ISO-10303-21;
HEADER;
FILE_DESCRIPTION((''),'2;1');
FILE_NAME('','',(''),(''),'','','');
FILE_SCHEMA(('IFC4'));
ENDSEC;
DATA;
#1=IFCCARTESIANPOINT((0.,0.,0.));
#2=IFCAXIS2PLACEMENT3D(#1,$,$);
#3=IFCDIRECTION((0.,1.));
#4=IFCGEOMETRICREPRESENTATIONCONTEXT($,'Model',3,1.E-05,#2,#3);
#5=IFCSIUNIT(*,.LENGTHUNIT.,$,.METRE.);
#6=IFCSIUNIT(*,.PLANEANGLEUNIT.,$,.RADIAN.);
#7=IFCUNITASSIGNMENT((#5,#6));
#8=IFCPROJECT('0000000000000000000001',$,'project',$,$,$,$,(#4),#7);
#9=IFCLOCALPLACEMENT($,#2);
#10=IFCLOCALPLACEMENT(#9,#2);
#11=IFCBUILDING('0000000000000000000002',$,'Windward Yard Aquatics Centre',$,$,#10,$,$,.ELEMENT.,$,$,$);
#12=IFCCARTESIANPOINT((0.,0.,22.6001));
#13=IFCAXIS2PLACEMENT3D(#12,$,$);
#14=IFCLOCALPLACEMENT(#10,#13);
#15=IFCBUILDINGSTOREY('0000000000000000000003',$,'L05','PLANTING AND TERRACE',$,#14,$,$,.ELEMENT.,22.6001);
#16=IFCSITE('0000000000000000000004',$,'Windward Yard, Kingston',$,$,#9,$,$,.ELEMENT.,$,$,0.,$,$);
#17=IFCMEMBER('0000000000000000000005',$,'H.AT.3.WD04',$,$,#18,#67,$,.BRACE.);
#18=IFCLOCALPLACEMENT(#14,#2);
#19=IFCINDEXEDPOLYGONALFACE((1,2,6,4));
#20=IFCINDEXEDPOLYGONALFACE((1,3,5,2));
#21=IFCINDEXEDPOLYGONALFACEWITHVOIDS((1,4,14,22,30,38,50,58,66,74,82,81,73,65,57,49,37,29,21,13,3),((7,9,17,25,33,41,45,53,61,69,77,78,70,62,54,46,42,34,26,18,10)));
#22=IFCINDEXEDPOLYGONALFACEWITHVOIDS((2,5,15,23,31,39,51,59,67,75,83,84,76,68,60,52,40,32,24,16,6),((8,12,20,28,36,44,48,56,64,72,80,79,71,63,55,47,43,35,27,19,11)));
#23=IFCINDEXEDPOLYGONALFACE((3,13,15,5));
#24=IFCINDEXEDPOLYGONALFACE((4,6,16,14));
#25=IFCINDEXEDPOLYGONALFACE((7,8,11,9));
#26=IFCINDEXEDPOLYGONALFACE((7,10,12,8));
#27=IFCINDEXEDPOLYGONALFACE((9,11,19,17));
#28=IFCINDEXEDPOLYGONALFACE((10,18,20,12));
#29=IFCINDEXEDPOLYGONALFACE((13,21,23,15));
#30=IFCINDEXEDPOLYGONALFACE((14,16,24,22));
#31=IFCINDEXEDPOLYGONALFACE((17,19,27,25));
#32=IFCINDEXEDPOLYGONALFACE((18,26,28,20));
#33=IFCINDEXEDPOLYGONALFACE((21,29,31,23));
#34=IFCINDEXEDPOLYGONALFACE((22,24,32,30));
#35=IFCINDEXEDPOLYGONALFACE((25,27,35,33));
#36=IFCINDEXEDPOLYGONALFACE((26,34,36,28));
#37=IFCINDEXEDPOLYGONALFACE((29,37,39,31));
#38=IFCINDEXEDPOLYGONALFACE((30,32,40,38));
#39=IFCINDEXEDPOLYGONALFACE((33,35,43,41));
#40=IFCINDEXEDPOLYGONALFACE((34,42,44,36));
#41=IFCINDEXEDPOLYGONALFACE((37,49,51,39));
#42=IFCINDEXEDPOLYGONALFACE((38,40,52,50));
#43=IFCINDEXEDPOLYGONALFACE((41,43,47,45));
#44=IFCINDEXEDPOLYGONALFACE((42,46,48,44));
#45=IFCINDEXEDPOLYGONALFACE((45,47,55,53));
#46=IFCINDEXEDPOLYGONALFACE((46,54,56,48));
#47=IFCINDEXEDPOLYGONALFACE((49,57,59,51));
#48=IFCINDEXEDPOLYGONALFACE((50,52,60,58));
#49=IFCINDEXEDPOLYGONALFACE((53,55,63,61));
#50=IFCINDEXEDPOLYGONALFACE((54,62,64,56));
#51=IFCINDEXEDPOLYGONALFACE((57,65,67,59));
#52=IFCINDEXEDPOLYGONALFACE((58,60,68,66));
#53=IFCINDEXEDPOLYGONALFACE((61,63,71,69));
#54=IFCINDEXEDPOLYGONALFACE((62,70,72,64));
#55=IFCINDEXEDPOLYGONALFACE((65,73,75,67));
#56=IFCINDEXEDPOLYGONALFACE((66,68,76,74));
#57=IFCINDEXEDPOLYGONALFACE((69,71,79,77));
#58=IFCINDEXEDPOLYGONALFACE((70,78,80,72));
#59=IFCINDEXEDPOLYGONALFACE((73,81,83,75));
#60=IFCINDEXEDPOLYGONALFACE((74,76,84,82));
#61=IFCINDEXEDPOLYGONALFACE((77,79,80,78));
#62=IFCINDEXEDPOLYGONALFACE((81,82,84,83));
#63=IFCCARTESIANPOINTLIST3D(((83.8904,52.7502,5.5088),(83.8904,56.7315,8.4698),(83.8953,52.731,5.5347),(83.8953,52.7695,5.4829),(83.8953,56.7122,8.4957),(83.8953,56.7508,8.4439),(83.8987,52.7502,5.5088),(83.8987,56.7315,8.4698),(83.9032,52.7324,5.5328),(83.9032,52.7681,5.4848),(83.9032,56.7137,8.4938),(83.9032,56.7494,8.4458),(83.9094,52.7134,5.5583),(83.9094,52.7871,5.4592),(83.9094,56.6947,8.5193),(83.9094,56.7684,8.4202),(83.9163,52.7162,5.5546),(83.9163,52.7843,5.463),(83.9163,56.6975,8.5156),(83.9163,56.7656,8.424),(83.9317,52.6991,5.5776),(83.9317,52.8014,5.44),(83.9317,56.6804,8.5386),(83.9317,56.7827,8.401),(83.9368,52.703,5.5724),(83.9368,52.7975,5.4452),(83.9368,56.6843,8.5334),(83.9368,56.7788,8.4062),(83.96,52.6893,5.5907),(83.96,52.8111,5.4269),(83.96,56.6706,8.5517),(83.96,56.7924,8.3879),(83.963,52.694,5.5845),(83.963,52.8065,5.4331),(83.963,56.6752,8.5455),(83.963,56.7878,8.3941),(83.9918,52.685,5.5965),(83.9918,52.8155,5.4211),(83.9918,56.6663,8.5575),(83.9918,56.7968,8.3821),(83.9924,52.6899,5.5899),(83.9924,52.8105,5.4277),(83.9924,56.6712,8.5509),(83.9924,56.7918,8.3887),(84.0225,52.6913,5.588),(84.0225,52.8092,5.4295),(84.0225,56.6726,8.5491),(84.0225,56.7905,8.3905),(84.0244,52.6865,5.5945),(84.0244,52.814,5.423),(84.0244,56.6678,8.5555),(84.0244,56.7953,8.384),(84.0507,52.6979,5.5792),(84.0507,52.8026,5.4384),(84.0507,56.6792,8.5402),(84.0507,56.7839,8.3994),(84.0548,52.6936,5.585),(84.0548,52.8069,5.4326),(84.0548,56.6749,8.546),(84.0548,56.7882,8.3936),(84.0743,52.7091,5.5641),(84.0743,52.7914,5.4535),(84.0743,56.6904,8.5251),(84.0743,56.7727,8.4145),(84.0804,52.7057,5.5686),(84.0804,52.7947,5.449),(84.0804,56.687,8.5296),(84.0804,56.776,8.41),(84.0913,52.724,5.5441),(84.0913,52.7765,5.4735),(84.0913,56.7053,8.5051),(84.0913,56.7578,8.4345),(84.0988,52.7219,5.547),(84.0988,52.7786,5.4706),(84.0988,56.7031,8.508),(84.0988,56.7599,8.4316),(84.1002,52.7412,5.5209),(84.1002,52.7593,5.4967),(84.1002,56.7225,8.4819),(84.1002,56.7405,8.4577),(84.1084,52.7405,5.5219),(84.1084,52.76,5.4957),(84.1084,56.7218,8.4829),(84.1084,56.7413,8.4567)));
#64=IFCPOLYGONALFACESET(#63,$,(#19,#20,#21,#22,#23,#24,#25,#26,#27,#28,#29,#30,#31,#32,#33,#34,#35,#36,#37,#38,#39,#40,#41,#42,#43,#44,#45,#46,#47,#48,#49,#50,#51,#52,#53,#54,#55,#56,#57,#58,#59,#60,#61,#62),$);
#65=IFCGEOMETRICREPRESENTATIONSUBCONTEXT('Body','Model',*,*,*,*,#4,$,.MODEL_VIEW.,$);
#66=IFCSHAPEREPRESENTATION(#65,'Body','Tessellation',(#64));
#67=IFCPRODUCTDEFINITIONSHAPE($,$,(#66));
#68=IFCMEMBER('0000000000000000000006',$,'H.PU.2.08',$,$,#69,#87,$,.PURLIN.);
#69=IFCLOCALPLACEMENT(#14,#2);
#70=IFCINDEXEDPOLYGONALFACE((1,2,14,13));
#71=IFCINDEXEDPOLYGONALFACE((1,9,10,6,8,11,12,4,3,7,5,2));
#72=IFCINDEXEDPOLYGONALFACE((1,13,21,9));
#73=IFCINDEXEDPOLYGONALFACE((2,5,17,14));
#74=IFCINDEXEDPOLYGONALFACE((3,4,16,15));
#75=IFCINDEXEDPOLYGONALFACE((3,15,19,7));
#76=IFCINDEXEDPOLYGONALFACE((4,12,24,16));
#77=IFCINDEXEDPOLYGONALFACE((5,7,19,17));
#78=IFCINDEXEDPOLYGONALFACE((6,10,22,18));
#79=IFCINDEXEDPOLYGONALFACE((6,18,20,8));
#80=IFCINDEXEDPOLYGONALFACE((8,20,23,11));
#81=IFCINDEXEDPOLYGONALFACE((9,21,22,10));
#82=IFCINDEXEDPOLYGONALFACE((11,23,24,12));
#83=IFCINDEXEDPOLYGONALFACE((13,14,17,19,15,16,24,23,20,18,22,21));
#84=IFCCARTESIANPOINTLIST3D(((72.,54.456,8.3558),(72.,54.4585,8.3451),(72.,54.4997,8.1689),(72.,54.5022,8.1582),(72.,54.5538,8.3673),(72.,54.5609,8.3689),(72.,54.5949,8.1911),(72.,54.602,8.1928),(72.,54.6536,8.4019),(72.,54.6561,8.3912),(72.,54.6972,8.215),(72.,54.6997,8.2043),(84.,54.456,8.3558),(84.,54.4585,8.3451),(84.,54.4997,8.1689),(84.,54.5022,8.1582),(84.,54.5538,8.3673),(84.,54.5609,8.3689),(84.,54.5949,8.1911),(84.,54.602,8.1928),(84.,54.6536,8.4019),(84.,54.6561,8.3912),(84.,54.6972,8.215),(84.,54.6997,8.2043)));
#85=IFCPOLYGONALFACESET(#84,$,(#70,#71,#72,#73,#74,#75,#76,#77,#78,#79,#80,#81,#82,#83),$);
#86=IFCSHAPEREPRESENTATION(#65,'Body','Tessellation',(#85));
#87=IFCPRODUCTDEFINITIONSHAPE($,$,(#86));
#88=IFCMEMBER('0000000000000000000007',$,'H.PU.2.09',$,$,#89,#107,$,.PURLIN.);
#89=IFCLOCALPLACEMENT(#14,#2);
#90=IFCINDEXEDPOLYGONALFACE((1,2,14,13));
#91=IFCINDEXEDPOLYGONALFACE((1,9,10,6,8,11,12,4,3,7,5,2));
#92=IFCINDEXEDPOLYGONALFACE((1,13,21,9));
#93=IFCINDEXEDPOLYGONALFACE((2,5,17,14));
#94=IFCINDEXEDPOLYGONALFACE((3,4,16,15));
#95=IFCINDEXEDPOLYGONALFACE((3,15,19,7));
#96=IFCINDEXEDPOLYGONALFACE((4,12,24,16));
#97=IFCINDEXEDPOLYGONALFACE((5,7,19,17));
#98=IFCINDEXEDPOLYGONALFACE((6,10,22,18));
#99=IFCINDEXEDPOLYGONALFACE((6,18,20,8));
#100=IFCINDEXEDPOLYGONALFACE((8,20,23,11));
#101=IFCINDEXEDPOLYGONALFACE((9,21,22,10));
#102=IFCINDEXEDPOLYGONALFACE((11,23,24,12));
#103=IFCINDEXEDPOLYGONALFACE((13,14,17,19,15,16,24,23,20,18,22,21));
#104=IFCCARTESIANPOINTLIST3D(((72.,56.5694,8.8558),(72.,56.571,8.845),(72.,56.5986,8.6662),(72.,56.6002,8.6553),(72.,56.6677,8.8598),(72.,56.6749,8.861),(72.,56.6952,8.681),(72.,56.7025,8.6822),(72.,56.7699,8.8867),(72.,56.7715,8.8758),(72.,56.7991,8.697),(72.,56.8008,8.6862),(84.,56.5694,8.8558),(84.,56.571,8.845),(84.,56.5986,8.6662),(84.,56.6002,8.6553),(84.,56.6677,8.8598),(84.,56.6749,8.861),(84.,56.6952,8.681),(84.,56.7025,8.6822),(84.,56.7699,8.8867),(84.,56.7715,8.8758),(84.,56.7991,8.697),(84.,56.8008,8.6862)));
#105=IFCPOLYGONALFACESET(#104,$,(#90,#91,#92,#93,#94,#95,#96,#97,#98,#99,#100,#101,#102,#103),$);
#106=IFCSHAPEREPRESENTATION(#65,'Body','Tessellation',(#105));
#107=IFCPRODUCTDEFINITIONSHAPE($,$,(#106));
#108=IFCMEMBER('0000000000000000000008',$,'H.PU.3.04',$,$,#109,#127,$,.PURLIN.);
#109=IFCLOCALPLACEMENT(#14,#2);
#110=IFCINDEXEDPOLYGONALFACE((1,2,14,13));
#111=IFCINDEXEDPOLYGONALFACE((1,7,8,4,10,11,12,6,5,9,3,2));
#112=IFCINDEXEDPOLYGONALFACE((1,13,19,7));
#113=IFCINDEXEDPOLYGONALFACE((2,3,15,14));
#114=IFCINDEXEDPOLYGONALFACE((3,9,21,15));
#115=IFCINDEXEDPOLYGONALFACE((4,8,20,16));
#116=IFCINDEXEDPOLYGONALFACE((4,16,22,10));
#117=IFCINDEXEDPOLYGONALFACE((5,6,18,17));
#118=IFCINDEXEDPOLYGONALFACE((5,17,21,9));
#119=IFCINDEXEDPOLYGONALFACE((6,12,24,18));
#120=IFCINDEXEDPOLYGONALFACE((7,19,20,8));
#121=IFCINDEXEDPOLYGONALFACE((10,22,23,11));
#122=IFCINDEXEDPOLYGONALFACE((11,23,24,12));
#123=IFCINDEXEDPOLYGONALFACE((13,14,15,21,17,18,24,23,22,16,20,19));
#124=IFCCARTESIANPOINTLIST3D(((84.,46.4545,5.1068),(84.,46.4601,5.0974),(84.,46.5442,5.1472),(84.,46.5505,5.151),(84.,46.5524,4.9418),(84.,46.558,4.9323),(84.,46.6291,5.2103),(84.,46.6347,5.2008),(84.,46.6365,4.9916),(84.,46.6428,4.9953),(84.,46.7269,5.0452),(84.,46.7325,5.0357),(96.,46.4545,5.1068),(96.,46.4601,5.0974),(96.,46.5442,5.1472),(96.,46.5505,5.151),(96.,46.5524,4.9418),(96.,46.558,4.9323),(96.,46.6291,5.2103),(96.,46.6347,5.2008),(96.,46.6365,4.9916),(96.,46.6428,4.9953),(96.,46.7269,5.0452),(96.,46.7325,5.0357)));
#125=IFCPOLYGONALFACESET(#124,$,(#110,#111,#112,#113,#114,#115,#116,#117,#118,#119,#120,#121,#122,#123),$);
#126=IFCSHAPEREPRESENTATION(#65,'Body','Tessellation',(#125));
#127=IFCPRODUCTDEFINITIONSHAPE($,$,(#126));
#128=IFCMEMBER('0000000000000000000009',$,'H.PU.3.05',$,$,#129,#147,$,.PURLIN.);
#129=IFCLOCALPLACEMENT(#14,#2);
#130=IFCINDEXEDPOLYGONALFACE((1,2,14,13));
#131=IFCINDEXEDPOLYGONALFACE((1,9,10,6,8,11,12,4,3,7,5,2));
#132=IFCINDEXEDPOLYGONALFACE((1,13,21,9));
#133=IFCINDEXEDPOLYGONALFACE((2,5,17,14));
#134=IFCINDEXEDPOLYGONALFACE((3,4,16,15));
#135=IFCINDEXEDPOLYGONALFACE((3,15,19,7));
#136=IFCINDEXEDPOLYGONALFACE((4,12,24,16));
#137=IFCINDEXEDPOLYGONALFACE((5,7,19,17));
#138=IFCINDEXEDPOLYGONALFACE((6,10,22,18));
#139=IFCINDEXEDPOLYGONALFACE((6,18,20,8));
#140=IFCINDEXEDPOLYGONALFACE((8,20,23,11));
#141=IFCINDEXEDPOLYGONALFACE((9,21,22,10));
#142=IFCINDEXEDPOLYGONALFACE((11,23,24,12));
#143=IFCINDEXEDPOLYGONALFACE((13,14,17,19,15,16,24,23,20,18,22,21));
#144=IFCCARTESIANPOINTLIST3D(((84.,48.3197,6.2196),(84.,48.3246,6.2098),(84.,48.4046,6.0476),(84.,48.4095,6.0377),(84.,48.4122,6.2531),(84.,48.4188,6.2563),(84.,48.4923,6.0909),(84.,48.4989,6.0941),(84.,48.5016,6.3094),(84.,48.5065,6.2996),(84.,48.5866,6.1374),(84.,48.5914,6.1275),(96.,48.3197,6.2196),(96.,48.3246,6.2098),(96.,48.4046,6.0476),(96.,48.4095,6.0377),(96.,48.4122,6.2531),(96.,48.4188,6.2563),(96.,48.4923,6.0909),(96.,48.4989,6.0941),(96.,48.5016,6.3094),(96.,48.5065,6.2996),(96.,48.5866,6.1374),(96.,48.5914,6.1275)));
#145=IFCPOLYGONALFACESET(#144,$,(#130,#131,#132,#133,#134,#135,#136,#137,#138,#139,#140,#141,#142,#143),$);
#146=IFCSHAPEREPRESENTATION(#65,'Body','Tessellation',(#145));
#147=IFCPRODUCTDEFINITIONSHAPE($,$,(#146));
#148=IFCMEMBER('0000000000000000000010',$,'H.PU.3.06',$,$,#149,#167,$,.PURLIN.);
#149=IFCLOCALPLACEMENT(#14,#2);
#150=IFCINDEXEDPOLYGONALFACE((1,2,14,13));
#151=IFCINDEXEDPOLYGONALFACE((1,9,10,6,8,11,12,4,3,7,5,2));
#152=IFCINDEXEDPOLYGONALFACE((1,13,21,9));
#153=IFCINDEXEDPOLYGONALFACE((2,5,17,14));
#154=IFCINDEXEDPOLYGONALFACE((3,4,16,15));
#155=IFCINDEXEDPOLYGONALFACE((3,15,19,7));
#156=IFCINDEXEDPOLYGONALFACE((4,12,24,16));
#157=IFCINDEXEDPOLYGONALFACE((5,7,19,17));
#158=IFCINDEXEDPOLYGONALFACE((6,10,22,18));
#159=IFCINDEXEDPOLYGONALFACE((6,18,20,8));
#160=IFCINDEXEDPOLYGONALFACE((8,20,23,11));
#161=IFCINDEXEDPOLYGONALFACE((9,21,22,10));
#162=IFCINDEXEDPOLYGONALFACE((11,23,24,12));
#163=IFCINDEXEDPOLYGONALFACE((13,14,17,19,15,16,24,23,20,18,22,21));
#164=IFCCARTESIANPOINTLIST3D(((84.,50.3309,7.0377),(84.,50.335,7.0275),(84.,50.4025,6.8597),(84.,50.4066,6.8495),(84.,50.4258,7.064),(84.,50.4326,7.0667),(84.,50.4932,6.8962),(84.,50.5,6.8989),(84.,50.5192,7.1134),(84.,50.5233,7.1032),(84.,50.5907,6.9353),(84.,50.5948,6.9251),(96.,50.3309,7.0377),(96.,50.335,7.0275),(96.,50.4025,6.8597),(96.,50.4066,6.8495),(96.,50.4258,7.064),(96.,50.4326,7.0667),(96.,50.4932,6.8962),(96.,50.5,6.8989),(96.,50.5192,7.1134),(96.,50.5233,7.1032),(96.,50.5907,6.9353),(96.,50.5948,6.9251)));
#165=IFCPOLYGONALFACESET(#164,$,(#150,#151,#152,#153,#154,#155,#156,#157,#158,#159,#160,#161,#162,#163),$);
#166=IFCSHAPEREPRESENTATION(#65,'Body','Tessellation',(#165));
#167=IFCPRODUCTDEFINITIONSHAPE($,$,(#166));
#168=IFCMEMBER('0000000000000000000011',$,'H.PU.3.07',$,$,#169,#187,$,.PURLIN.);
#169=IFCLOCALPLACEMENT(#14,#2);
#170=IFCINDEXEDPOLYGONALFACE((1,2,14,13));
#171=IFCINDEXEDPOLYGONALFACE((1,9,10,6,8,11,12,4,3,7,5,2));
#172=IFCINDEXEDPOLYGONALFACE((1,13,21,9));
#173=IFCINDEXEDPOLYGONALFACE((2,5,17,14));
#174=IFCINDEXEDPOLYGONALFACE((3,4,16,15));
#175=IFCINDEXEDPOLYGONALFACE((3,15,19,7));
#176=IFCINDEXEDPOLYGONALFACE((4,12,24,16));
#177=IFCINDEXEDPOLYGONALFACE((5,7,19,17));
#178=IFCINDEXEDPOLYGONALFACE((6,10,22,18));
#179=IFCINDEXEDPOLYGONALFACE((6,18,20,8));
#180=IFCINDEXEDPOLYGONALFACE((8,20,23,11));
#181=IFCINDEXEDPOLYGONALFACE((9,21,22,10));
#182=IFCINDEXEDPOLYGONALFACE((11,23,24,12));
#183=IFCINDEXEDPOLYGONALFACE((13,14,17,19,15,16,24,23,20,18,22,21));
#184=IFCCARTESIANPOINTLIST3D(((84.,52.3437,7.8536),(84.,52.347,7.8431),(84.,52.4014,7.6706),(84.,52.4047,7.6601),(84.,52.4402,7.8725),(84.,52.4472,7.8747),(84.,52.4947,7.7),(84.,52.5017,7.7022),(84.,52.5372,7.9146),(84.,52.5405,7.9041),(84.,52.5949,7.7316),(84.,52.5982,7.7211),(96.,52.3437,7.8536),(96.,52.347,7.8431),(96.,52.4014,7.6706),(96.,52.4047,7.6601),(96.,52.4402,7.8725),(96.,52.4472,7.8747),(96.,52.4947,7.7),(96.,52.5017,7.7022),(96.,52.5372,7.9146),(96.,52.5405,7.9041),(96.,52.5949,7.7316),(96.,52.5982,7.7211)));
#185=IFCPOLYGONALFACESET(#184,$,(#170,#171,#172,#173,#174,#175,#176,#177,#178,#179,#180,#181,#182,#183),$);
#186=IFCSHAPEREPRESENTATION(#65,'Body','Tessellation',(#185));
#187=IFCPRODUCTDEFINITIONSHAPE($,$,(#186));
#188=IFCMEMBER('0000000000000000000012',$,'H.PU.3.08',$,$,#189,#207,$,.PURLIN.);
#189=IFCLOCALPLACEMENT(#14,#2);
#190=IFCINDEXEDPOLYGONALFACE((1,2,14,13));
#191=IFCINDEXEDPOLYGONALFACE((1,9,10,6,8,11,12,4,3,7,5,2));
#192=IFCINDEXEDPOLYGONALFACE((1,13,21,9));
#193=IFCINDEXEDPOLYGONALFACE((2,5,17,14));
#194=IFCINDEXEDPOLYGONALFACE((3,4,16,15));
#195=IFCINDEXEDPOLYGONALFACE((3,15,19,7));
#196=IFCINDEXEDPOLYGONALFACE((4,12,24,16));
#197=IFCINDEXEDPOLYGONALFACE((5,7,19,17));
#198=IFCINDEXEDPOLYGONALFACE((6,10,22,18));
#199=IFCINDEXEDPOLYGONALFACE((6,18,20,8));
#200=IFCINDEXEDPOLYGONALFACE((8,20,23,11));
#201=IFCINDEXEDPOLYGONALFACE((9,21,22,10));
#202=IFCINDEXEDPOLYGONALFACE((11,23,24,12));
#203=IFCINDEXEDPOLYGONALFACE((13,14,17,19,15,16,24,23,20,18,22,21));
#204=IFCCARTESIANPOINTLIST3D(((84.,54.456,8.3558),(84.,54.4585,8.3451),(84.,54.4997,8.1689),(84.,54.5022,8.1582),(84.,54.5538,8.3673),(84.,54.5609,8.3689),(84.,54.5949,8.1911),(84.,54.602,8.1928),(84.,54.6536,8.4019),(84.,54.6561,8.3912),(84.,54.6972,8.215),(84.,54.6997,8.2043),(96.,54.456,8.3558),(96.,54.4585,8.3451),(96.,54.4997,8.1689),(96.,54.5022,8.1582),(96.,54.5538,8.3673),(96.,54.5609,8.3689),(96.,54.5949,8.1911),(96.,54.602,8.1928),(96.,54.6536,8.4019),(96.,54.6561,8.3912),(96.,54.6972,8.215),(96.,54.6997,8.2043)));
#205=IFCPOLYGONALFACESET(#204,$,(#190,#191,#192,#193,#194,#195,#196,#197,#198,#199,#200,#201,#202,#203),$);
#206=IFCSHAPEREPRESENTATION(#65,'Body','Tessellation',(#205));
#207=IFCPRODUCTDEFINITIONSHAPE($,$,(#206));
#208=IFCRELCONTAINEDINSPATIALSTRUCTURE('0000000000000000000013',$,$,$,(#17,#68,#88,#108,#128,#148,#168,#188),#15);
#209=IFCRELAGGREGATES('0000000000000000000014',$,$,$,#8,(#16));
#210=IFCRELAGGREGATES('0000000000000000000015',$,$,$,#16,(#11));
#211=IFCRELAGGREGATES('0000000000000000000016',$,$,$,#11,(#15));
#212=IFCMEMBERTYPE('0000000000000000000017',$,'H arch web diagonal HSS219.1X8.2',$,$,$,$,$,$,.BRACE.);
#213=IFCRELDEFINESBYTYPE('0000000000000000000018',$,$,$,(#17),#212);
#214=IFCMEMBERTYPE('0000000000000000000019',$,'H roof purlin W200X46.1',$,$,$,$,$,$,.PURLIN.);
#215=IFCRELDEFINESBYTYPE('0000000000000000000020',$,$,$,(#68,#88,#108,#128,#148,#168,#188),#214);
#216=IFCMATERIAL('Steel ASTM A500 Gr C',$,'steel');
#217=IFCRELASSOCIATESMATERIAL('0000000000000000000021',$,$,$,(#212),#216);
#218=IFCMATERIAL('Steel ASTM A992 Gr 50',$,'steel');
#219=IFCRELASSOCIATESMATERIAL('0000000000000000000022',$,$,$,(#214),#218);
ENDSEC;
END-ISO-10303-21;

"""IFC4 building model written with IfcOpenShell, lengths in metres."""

from ifc_helpers import new_model, si_unit, direction, frame, origin, origin_2d, place, context, subcontext, project, spatial, hollow_circle, i_section, extrude, material, material_profile, profile_set, type_object, element, save


model = new_model("IFC4")

# Units and contexts
model_context = context("Model", 3, precision=1e-05, world=origin(), true_north=direction((0.0, 1.0)))
body_context = subcontext(model_context, "Body", "Model", "MODEL_VIEW")
ifc_project = project(units=[si_unit("LENGTHUNIT", "METRE"), si_unit("PLANEANGLEUNIT", "RADIAN")], contexts=[model_context])

# Site, building, storey
site_placement = place(None, origin())
site = spatial("IfcSite", under=ifc_project, at=site_placement, Name="Windward Yard, Kingston", CompositionType="ELEMENT", RefElevation=0.0)
building_placement = place(site_placement, origin())
building = spatial("IfcBuilding", under=site, at=building_placement, Name="Windward Yard Aquatics Centre", CompositionType="ELEMENT")
storey_placement = place(building_placement, frame((0.0, 0.0, 22.6001)))
storey = spatial("IfcBuildingStorey", under=building, at=storey_placement, Name="L05", Description="PLANTING AND TERRACE", CompositionType="ELEMENT", Elevation=22.6001)

# Members
ifc_material_1 = material(Name="Steel ASTM A500 Gr C", Category="steel")
ifc_material_profile_1 = material_profile(ifc_material_1, hollow_circle(Radius=0.1096, WallThickness=0.0083, at=origin_2d()), Name="HSS219.1X8.2")
ifc_profile_set_1 = profile_set([ifc_material_profile_1], Name="Steel ASTM A500 Gr C")
member_type_1 = type_object("IfcMemberType", Name="H arch web diagonal HSS219.1X8.2", PredefinedType="BRACE", material=ifc_profile_set_1)
member_1_placement = place(storey_placement, frame((84.0, 52.7502, 5.5088), z_axis=(0.0, 0.802409, 0.596775), x_axis=(-1.0, 0.0, 0.0)))
element("IfcMember", 1, at=member_1_placement, inside=storey, type_object=member_type_1, Name="H.AT.3.WD04", PredefinedType="BRACE", context=body_context, shape_type="SweptSolid", body=[
    extrude(hollow_circle(Radius=0.1096, WallThickness=0.0083, at=origin_2d()), origin(), (0.0, 0.0, 1.0), 4.9617),
])
ifc_material_2 = material(Name="Steel ASTM A992 Gr 50", Category="steel")
ifc_material_profile_2 = material_profile(ifc_material_2, i_section(OverallWidth=0.2029, OverallDepth=0.2029, WebThickness=0.0073, FlangeThickness=0.011, at=origin_2d()), Name="W200X46.1")
ifc_profile_set_2 = profile_set([ifc_material_profile_2], Name="Steel ASTM A992 Gr 50")
member_type_2 = type_object("IfcMemberType", Name="H roof purlin W200X46.1", PredefinedType="PURLIN", material=ifc_profile_set_2)
for number, where, z_axis, x_axis, name in (
    (2, (72.0, 54.5779, 8.28), (1.0, 0.0, 0.0), (0.0, 0.973829, 0.227281), "H.PU.2.08"),
    (3, (72.0, 56.6851, 8.771), (1.0, 0.0, 0.0), (0.0, 0.98834, 0.152262), "H.PU.2.09"),
    (4, (84.0, 46.5935, 5.0713), (1.0, 0.0, 0.0), (0.0, 0.86027, 0.509838), "H.PU.3.04"),
    (5, (84.0, 48.4556, 6.1736), (1.0, 0.0, 0.0), (0.0, 0.896687, 0.442665), "H.PU.3.05"),
    (6, (84.0, 50.4629, 6.9814), (1.0, 0.0, 0.0), (0.0, 0.927869, 0.372907), "H.PU.3.06"),
    (7, (84.0, 52.4709, 7.7874), (1.0, 0.0, 0.0), (0.0, 0.953633, 0.300973), "H.PU.3.07"),
    (8, (84.0, 54.5779, 8.28), (1.0, 0.0, 0.0), (0.0, 0.973829, 0.227281), "H.PU.3.08"),
):
    element("IfcMember", number, at=place(storey_placement, frame(where, z_axis=z_axis, x_axis=x_axis)), inside=storey, type_object=member_type_2, Name=name, PredefinedType="PURLIN", context=body_context, shape_type="SweptSolid", body=[
        extrude(i_section(OverallWidth=0.2029, OverallDepth=0.2029, WebThickness=0.0073, FlangeThickness=0.011, at=origin_2d()), origin(), (0.0, 0.0, 1.0), 12.0),
    ])

save(model, "model.ifc")
